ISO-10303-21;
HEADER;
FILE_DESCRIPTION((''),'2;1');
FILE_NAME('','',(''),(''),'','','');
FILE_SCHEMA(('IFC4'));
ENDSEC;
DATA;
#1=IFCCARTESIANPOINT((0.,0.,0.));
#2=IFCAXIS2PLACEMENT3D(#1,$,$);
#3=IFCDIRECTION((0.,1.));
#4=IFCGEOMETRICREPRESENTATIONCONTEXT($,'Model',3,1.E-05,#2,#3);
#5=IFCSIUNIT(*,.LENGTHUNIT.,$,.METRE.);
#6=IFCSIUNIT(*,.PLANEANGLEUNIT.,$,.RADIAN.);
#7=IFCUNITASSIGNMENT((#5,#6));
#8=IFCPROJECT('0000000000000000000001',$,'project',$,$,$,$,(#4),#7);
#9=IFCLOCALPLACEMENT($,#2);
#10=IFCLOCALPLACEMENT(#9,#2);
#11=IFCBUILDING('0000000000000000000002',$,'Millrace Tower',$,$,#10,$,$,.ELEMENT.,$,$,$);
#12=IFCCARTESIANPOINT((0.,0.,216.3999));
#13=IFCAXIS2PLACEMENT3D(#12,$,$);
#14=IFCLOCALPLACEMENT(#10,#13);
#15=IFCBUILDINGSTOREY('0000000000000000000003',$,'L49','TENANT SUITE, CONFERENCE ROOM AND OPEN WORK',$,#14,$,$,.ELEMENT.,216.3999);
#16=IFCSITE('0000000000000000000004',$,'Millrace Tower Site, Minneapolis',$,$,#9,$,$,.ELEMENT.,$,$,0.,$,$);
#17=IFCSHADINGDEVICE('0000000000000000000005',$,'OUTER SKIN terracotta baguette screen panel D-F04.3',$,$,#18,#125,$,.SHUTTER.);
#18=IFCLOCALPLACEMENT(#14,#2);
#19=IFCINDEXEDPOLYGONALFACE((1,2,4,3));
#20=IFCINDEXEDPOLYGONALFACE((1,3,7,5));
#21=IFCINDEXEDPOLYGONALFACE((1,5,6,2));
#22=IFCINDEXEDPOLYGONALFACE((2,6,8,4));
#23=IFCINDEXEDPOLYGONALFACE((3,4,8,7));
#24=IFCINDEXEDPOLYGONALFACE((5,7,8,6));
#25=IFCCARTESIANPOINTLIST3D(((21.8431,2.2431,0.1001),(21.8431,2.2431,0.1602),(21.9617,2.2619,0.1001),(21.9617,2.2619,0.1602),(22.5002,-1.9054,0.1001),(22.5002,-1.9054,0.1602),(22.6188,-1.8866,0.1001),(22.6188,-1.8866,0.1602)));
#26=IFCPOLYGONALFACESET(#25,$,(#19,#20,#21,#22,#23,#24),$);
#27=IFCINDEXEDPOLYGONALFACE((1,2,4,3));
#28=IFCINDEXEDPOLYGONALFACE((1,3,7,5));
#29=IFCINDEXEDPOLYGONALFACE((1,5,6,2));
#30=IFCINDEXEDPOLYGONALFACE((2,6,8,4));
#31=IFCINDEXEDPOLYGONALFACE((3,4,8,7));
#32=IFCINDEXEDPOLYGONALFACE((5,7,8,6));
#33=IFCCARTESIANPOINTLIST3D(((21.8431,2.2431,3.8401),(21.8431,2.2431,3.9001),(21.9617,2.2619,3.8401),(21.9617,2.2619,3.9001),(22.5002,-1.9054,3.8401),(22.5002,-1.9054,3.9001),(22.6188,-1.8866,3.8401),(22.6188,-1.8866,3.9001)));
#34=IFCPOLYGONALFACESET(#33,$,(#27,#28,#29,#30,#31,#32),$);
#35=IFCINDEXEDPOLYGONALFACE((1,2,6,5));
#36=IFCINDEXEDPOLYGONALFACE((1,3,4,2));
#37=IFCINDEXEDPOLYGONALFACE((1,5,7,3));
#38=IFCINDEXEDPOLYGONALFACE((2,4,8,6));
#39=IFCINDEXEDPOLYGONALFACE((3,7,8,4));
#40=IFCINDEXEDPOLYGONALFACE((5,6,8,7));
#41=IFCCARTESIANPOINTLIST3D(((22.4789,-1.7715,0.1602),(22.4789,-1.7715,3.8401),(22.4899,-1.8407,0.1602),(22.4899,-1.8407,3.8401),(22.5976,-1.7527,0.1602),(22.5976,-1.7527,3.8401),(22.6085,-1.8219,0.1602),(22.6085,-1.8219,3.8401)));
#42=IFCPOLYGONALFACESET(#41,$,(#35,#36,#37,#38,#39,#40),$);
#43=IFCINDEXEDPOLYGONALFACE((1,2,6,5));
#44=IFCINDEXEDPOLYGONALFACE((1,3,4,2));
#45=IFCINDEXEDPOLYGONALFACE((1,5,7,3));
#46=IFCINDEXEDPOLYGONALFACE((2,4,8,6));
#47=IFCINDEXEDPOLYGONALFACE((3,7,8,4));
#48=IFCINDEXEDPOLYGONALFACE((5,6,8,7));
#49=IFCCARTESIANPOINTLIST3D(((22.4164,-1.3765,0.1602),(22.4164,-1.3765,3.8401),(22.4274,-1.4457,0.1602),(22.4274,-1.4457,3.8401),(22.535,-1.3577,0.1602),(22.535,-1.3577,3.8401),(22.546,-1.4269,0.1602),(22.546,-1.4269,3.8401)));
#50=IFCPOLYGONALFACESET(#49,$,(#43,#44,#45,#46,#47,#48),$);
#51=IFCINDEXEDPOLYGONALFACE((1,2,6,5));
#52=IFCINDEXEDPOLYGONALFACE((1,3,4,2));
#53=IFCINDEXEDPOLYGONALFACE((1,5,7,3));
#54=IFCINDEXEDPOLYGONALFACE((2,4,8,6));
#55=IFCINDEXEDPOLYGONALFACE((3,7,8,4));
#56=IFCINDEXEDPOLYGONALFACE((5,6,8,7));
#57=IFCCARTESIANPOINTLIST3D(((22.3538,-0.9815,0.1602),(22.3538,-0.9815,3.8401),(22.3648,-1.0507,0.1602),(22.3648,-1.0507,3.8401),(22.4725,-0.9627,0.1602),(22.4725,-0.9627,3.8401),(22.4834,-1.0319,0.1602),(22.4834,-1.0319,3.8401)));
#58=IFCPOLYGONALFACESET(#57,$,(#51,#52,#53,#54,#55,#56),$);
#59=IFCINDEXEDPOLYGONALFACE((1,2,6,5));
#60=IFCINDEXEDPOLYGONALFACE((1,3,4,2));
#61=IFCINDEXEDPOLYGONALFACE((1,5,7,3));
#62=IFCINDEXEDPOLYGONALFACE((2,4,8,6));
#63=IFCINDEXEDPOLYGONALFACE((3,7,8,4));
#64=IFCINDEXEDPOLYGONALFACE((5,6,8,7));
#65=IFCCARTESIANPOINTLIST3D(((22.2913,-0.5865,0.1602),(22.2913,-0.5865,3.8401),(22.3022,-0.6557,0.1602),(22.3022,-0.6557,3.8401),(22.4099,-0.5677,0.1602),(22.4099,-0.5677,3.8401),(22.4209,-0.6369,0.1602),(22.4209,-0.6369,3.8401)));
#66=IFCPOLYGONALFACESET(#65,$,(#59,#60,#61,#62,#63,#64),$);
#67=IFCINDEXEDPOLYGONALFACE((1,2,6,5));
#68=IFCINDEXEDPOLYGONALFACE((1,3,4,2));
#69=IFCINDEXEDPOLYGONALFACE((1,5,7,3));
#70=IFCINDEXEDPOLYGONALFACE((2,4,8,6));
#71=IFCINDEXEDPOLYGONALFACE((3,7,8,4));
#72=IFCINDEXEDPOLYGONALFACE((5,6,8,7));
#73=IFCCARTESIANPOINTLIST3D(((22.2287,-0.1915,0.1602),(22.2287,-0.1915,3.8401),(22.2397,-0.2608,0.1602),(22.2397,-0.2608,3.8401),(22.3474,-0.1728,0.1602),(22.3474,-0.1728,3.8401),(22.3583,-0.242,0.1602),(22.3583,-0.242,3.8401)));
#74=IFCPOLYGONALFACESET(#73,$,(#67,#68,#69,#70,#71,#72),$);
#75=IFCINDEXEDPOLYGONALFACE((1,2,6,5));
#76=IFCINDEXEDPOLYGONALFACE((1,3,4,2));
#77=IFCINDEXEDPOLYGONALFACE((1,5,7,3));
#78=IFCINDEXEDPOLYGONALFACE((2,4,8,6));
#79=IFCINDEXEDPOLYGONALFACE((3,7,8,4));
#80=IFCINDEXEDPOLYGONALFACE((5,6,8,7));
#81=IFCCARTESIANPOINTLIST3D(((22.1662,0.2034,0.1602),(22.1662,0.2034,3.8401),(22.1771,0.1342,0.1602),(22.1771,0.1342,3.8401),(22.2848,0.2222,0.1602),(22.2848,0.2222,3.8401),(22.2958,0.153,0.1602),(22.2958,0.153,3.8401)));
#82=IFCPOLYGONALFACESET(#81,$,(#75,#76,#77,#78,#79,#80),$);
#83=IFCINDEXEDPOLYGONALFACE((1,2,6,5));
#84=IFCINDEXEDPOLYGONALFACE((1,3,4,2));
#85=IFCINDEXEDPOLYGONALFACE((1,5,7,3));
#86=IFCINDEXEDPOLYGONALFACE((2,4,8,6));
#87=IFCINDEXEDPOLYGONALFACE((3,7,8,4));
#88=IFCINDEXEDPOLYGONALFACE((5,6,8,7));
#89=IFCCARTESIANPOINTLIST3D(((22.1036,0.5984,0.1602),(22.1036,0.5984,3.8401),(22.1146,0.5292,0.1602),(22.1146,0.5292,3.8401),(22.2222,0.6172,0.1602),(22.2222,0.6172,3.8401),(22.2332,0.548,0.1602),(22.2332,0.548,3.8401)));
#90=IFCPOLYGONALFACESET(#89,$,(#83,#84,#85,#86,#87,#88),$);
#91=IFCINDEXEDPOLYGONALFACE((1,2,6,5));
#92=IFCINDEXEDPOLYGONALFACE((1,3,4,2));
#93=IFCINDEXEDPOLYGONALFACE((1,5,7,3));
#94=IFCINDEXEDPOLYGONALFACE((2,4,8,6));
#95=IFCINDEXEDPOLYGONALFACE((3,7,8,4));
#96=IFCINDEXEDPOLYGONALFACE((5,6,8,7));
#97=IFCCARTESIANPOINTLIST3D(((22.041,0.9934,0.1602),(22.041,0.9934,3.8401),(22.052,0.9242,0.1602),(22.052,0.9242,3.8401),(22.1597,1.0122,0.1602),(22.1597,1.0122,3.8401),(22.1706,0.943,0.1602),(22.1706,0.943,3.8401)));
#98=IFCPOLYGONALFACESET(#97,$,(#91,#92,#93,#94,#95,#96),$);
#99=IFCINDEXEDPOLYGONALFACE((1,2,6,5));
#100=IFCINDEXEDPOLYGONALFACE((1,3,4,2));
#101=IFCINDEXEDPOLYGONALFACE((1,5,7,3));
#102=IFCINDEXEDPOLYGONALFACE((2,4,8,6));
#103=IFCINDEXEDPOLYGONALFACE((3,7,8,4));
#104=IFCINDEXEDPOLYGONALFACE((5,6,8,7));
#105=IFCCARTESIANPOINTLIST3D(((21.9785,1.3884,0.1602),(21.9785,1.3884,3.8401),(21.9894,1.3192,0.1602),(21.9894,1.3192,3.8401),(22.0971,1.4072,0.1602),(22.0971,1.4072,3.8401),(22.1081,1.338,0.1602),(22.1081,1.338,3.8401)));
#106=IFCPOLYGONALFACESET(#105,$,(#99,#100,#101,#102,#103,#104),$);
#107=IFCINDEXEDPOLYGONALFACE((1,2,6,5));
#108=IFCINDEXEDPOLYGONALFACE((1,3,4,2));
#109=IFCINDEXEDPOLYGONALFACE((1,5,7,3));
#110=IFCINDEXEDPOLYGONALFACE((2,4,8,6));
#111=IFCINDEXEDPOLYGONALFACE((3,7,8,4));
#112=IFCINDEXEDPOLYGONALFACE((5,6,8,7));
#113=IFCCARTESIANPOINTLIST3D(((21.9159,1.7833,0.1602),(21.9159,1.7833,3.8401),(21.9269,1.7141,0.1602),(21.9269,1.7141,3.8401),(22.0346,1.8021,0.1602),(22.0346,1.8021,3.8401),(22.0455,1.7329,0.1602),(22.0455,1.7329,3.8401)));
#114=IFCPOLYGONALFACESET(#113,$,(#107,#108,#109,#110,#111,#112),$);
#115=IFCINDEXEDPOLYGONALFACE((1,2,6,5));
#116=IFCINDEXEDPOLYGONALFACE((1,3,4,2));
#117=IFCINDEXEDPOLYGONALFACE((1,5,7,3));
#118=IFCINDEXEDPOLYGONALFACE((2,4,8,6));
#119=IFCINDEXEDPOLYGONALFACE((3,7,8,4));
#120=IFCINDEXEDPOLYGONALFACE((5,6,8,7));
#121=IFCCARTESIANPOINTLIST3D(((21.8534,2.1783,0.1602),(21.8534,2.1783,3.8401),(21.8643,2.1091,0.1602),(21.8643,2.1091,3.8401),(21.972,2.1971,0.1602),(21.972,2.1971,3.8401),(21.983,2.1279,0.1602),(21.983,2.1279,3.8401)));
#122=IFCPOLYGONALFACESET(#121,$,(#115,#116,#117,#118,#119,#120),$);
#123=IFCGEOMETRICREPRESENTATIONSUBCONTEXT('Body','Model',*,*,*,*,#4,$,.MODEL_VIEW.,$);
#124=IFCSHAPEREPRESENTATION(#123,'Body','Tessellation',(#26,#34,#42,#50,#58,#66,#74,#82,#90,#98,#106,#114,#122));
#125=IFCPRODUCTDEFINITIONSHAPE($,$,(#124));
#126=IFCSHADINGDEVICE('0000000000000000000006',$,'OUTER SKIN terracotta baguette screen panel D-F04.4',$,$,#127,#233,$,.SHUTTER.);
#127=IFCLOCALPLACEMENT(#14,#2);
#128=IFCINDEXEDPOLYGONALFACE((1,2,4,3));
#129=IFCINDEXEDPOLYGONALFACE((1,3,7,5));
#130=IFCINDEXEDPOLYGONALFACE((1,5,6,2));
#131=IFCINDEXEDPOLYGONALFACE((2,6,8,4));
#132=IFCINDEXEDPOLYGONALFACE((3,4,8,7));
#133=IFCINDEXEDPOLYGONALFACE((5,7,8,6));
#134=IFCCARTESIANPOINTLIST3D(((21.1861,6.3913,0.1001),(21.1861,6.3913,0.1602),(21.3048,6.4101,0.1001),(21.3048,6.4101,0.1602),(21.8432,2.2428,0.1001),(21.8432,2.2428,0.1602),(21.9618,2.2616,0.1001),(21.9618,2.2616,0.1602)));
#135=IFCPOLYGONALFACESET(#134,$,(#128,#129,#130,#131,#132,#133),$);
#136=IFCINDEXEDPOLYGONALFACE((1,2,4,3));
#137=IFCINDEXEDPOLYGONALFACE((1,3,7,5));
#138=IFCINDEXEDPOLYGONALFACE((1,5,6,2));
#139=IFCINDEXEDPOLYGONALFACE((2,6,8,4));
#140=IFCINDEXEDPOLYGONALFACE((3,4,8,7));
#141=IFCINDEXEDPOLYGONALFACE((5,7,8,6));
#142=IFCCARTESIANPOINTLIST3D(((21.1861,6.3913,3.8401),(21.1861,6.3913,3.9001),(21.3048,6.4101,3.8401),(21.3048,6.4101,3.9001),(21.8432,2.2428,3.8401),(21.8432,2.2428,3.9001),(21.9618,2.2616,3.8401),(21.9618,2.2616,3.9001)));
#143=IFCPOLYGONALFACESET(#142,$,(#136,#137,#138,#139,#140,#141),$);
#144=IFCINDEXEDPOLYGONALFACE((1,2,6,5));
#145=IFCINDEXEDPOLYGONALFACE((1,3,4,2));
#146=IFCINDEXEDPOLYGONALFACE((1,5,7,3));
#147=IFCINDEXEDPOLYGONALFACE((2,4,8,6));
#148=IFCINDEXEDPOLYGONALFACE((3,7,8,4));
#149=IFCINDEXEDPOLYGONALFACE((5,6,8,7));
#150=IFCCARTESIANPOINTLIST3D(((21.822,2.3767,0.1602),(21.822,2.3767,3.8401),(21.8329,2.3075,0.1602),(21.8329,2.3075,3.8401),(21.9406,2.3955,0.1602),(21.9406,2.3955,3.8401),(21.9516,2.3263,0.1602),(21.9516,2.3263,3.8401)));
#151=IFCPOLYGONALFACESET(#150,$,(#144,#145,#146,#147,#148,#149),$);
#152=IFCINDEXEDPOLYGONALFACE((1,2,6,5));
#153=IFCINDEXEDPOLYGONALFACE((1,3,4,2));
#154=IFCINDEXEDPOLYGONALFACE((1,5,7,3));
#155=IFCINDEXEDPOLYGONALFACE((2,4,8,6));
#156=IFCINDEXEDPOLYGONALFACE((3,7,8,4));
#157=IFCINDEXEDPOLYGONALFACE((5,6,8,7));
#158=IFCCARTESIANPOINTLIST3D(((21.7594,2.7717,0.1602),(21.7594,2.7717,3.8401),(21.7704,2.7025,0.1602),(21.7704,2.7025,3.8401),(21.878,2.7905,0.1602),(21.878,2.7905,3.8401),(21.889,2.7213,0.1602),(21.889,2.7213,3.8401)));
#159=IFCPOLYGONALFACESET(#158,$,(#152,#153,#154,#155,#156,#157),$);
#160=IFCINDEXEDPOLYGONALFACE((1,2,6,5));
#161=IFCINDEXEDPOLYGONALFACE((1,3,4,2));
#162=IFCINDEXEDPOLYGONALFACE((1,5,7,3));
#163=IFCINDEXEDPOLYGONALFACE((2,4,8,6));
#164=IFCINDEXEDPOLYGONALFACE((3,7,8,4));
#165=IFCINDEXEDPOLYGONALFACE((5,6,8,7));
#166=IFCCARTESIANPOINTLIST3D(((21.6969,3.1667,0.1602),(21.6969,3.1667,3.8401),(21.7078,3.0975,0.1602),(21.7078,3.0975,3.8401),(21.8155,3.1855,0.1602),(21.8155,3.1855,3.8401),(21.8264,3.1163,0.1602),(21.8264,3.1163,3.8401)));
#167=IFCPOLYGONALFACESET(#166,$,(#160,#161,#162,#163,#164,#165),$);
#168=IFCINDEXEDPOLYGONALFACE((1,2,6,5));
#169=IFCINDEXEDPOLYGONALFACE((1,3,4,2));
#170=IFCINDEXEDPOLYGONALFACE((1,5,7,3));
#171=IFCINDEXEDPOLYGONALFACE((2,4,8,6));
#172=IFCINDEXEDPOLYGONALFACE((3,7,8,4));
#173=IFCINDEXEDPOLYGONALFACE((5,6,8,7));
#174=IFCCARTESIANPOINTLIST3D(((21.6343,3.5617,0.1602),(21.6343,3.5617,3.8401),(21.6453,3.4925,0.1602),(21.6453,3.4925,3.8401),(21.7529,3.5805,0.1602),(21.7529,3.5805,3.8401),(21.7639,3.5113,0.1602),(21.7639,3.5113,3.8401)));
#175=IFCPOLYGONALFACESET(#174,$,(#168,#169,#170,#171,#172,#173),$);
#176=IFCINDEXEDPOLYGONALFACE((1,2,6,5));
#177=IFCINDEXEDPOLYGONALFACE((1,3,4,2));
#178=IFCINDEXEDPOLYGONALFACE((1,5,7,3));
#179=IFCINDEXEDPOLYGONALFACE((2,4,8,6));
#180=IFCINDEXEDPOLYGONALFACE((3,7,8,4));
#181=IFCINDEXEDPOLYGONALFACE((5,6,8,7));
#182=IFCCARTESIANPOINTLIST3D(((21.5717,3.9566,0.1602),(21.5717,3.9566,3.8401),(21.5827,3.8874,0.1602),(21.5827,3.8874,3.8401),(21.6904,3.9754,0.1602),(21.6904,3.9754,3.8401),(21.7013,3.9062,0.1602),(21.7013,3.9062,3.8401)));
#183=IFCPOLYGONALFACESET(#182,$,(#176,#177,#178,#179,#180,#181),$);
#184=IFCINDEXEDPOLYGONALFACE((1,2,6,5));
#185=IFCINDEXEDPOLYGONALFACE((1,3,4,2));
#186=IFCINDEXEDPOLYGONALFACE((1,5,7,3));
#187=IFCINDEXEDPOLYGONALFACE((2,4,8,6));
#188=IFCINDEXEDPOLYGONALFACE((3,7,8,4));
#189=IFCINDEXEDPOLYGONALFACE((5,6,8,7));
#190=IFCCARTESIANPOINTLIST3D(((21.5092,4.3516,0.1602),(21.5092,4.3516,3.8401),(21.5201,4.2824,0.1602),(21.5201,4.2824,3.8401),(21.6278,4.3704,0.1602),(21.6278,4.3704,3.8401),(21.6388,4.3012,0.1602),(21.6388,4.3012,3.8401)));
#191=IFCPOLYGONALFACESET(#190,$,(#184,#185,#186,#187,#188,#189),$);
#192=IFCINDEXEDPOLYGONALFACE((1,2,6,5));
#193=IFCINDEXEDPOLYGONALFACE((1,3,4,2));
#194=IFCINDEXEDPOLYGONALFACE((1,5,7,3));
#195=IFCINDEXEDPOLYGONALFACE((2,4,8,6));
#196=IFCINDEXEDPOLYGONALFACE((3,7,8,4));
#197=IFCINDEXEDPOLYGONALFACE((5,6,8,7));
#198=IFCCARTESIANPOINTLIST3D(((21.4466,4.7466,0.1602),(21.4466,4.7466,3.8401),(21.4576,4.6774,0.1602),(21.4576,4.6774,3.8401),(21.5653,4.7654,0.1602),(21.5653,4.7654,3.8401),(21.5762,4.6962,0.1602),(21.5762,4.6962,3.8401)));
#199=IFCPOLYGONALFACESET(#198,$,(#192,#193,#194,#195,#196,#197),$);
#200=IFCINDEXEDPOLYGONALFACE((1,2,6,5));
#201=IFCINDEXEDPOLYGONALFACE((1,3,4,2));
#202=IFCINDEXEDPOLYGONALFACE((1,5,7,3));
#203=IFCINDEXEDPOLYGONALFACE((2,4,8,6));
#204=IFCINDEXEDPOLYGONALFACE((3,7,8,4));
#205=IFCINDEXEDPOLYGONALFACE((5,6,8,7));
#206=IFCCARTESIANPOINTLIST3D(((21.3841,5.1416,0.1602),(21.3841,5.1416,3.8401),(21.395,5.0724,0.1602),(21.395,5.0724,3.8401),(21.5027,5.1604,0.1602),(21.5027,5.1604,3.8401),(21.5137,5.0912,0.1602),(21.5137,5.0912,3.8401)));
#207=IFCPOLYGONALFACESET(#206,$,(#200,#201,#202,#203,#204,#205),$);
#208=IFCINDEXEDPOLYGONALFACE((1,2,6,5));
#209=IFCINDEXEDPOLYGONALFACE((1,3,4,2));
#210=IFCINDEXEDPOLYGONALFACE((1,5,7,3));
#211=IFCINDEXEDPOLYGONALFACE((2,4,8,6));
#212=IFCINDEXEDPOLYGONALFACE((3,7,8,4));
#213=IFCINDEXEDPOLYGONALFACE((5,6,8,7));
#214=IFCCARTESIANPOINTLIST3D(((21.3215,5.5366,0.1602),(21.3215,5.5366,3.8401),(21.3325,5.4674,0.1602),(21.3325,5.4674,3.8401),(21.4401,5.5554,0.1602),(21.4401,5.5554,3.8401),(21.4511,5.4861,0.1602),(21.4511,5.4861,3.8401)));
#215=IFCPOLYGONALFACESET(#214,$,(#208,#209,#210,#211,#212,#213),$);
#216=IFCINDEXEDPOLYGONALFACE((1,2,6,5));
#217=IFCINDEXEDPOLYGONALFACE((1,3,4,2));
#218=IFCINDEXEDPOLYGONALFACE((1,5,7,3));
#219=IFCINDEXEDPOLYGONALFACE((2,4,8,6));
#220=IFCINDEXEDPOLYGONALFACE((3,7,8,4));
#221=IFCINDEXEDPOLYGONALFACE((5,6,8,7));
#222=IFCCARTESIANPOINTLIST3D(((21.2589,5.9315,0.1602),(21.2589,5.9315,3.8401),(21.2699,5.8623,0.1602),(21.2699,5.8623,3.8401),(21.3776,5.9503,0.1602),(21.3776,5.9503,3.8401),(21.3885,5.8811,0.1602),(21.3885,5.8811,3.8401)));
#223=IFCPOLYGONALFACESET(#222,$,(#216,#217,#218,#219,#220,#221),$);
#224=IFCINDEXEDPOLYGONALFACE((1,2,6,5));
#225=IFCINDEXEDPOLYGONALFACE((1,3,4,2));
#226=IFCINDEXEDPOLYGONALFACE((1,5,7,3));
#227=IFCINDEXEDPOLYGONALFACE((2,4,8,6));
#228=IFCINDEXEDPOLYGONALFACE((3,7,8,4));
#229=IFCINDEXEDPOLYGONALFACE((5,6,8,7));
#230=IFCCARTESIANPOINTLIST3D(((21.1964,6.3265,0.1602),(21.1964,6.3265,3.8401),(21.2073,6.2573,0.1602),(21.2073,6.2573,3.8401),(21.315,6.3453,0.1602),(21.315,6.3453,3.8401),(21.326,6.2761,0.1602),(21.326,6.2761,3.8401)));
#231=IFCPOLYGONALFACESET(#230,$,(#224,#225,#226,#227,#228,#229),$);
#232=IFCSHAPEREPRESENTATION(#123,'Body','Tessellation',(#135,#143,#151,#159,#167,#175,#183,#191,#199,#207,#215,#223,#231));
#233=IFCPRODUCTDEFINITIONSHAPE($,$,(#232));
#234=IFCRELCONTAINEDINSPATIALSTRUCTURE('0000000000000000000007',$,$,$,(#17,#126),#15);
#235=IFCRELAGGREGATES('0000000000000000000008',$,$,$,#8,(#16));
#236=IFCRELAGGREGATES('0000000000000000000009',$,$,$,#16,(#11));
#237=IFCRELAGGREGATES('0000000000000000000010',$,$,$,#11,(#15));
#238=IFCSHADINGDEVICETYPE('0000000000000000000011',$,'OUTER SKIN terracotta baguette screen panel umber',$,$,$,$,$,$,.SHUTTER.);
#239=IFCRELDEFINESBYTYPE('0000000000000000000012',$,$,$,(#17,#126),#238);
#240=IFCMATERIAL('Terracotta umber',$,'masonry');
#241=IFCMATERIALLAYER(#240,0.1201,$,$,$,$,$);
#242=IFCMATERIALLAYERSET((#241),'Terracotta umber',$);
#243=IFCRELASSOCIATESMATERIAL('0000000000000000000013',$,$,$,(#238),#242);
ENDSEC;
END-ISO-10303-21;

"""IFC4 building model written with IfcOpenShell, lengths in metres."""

from ifc_helpers import new_model, entity, si_unit, direction, frame, frame_2d, origin, origin_2d, place, context, subcontext, project, spatial, rectangle, extrude, source, transform, mapped, material, layer, layer_set, type_object, element, save


model = new_model("IFC4")

# Units and contexts
model_context = context("Model", 3, precision=1e-05, world=origin(), true_north=direction((0.0, 1.0)))
body_context = subcontext(model_context, "Body", "Model", "MODEL_VIEW")
ifc_project = project(units=[si_unit("LENGTHUNIT", "METRE"), si_unit("PLANEANGLEUNIT", "RADIAN")], contexts=[model_context])

# Site, building, storey
site_placement = place(None, origin())
site = spatial("IfcSite", under=ifc_project, at=site_placement, Name="Millrace Tower Site, Minneapolis", CompositionType="ELEMENT", RefElevation=0.0)
building_placement = place(site_placement, origin())
building = spatial("IfcBuilding", under=site, at=building_placement, Name="Millrace Tower", CompositionType="ELEMENT")
storey_placement = place(building_placement, frame((0.0, 0.0, 216.3999)))
storey = spatial("IfcBuildingStorey", under=building, at=storey_placement, Name="L49", Description="TENANT SUITE, CONFERENCE ROOM AND OPEN WORK", CompositionType="ELEMENT", Elevation=216.3999)

# Shading devices
ifc_material_1 = material(Name="Terracotta umber", Category="masonry")
ifc_layer_1 = layer(ifc_material_1, 0.1201)
ifc_layer_set_1 = layer_set([ifc_layer_1], Name="Terracotta umber")
shading_device_type = type_object("IfcShadingDeviceType", Name="OUTER SKIN terracotta baguette screen panel umber", PredefinedType="SHUTTER", material=ifc_layer_set_1)
cartesian_point = entity("IfcCartesianPoint", [-2.1001, 0.0601])
shared_polyline = entity("IfcPolyline", [cartesian_point, entity("IfcCartesianPoint", [2.1001, 0.0601]), entity("IfcCartesianPoint", [2.1001, -0.0601]), entity("IfcCartesianPoint", [-2.1001, -0.0601]), cartesian_point])
shared_shape = source(origin(), body_context, "Body", "SweptSolid", [
    entity("IfcExtrudedAreaSolid", entity("IfcArbitraryClosedProfileDef", "AREA", None, shared_polyline), entity("IfcAxis2Placement3D", entity("IfcCartesianPoint", [0.0, 0.0, 0.0])), entity("IfcDirection", [0.0, 0.0, 1.0]), 0.0601),
    entity("IfcExtrudedAreaSolid", entity("IfcArbitraryClosedProfileDef", "AREA", None, shared_polyline), entity("IfcAxis2Placement3D", entity("IfcCartesianPoint", [0.0, 0.0, 3.74])), entity("IfcDirection", [0.0, 0.0, 1.0]), 0.0601),
    extrude(rectangle(XDim=0.0701, YDim=0.1201, at=frame_2d((-1.9995, 0.0))), frame((0.0, 0.0, 0.0601)), (0.0, 0.0, 1.0), 3.6799),
    extrude(rectangle(XDim=0.0701, YDim=0.1201, at=frame_2d((-1.5996, 0.0))), frame((0.0, 0.0, 0.0601)), (0.0, 0.0, 1.0), 3.6799),
    extrude(rectangle(XDim=0.0701, YDim=0.1201, at=frame_2d((-1.1997, 0.0))), frame((0.0, 0.0, 0.0601)), (0.0, 0.0, 1.0), 3.6799),
    extrude(rectangle(XDim=0.0701, YDim=0.1201, at=frame_2d((-0.7998, 0.0))), frame((0.0, 0.0, 0.0601)), (0.0, 0.0, 1.0), 3.6799),
    extrude(rectangle(XDim=0.0701, YDim=0.1201, at=frame_2d((-0.3999, 0.0))), frame((0.0, 0.0, 0.0601)), (0.0, 0.0, 1.0), 3.6799),
    extrude(rectangle(XDim=0.0701, YDim=0.1201, at=origin_2d()), frame((0.0, 0.0, 0.0601)), (0.0, 0.0, 1.0), 3.6799),
    extrude(rectangle(XDim=0.0701, YDim=0.1201, at=frame_2d((0.3999, 0.0))), frame((0.0, 0.0, 0.0601)), (0.0, 0.0, 1.0), 3.6799),
    extrude(rectangle(XDim=0.0701, YDim=0.1201, at=frame_2d((0.7998, 0.0))), frame((0.0, 0.0, 0.0601)), (0.0, 0.0, 1.0), 3.6799),
    extrude(rectangle(XDim=0.0701, YDim=0.1201, at=frame_2d((1.1997, 0.0))), frame((0.0, 0.0, 0.0601)), (0.0, 0.0, 1.0), 3.6799),
    extrude(rectangle(XDim=0.0701, YDim=0.1201, at=frame_2d((1.5996, 0.0))), frame((0.0, 0.0, 0.0601)), (0.0, 0.0, 1.0), 3.6799),
    extrude(rectangle(XDim=0.0701, YDim=0.1201, at=frame_2d((1.9995, 0.0))), frame((0.0, 0.0, 0.0601)), (0.0, 0.0, 1.0), 3.6799),
])
for number, where, z_axis, x_axis, name in (
    (1, (22.231, 0.1782, 0.1001), (0.0, 0.0, 1.0), (-0.156434, 0.987688, 0.0), "OUTER SKIN terracotta baguette screen panel D-F04.3"),
    (2, (21.574, 4.3264, 0.1001), (0.0, 0.0, 1.0), (-0.156434, 0.987688, 0.0), "OUTER SKIN terracotta baguette screen panel D-F04.4"),
):
    element("IfcShadingDevice", number, at=place(storey_placement, frame(where, z_axis=z_axis, x_axis=x_axis)), inside=storey, type_object=shading_device_type, Name=name, PredefinedType="SHUTTER", context=body_context, shape_type="MappedRepresentation", body=[
        mapped(shared_shape, transform((0.0, 0.0, 0.0), scale=1.0)),
    ])

save(model, "model.ifc")
